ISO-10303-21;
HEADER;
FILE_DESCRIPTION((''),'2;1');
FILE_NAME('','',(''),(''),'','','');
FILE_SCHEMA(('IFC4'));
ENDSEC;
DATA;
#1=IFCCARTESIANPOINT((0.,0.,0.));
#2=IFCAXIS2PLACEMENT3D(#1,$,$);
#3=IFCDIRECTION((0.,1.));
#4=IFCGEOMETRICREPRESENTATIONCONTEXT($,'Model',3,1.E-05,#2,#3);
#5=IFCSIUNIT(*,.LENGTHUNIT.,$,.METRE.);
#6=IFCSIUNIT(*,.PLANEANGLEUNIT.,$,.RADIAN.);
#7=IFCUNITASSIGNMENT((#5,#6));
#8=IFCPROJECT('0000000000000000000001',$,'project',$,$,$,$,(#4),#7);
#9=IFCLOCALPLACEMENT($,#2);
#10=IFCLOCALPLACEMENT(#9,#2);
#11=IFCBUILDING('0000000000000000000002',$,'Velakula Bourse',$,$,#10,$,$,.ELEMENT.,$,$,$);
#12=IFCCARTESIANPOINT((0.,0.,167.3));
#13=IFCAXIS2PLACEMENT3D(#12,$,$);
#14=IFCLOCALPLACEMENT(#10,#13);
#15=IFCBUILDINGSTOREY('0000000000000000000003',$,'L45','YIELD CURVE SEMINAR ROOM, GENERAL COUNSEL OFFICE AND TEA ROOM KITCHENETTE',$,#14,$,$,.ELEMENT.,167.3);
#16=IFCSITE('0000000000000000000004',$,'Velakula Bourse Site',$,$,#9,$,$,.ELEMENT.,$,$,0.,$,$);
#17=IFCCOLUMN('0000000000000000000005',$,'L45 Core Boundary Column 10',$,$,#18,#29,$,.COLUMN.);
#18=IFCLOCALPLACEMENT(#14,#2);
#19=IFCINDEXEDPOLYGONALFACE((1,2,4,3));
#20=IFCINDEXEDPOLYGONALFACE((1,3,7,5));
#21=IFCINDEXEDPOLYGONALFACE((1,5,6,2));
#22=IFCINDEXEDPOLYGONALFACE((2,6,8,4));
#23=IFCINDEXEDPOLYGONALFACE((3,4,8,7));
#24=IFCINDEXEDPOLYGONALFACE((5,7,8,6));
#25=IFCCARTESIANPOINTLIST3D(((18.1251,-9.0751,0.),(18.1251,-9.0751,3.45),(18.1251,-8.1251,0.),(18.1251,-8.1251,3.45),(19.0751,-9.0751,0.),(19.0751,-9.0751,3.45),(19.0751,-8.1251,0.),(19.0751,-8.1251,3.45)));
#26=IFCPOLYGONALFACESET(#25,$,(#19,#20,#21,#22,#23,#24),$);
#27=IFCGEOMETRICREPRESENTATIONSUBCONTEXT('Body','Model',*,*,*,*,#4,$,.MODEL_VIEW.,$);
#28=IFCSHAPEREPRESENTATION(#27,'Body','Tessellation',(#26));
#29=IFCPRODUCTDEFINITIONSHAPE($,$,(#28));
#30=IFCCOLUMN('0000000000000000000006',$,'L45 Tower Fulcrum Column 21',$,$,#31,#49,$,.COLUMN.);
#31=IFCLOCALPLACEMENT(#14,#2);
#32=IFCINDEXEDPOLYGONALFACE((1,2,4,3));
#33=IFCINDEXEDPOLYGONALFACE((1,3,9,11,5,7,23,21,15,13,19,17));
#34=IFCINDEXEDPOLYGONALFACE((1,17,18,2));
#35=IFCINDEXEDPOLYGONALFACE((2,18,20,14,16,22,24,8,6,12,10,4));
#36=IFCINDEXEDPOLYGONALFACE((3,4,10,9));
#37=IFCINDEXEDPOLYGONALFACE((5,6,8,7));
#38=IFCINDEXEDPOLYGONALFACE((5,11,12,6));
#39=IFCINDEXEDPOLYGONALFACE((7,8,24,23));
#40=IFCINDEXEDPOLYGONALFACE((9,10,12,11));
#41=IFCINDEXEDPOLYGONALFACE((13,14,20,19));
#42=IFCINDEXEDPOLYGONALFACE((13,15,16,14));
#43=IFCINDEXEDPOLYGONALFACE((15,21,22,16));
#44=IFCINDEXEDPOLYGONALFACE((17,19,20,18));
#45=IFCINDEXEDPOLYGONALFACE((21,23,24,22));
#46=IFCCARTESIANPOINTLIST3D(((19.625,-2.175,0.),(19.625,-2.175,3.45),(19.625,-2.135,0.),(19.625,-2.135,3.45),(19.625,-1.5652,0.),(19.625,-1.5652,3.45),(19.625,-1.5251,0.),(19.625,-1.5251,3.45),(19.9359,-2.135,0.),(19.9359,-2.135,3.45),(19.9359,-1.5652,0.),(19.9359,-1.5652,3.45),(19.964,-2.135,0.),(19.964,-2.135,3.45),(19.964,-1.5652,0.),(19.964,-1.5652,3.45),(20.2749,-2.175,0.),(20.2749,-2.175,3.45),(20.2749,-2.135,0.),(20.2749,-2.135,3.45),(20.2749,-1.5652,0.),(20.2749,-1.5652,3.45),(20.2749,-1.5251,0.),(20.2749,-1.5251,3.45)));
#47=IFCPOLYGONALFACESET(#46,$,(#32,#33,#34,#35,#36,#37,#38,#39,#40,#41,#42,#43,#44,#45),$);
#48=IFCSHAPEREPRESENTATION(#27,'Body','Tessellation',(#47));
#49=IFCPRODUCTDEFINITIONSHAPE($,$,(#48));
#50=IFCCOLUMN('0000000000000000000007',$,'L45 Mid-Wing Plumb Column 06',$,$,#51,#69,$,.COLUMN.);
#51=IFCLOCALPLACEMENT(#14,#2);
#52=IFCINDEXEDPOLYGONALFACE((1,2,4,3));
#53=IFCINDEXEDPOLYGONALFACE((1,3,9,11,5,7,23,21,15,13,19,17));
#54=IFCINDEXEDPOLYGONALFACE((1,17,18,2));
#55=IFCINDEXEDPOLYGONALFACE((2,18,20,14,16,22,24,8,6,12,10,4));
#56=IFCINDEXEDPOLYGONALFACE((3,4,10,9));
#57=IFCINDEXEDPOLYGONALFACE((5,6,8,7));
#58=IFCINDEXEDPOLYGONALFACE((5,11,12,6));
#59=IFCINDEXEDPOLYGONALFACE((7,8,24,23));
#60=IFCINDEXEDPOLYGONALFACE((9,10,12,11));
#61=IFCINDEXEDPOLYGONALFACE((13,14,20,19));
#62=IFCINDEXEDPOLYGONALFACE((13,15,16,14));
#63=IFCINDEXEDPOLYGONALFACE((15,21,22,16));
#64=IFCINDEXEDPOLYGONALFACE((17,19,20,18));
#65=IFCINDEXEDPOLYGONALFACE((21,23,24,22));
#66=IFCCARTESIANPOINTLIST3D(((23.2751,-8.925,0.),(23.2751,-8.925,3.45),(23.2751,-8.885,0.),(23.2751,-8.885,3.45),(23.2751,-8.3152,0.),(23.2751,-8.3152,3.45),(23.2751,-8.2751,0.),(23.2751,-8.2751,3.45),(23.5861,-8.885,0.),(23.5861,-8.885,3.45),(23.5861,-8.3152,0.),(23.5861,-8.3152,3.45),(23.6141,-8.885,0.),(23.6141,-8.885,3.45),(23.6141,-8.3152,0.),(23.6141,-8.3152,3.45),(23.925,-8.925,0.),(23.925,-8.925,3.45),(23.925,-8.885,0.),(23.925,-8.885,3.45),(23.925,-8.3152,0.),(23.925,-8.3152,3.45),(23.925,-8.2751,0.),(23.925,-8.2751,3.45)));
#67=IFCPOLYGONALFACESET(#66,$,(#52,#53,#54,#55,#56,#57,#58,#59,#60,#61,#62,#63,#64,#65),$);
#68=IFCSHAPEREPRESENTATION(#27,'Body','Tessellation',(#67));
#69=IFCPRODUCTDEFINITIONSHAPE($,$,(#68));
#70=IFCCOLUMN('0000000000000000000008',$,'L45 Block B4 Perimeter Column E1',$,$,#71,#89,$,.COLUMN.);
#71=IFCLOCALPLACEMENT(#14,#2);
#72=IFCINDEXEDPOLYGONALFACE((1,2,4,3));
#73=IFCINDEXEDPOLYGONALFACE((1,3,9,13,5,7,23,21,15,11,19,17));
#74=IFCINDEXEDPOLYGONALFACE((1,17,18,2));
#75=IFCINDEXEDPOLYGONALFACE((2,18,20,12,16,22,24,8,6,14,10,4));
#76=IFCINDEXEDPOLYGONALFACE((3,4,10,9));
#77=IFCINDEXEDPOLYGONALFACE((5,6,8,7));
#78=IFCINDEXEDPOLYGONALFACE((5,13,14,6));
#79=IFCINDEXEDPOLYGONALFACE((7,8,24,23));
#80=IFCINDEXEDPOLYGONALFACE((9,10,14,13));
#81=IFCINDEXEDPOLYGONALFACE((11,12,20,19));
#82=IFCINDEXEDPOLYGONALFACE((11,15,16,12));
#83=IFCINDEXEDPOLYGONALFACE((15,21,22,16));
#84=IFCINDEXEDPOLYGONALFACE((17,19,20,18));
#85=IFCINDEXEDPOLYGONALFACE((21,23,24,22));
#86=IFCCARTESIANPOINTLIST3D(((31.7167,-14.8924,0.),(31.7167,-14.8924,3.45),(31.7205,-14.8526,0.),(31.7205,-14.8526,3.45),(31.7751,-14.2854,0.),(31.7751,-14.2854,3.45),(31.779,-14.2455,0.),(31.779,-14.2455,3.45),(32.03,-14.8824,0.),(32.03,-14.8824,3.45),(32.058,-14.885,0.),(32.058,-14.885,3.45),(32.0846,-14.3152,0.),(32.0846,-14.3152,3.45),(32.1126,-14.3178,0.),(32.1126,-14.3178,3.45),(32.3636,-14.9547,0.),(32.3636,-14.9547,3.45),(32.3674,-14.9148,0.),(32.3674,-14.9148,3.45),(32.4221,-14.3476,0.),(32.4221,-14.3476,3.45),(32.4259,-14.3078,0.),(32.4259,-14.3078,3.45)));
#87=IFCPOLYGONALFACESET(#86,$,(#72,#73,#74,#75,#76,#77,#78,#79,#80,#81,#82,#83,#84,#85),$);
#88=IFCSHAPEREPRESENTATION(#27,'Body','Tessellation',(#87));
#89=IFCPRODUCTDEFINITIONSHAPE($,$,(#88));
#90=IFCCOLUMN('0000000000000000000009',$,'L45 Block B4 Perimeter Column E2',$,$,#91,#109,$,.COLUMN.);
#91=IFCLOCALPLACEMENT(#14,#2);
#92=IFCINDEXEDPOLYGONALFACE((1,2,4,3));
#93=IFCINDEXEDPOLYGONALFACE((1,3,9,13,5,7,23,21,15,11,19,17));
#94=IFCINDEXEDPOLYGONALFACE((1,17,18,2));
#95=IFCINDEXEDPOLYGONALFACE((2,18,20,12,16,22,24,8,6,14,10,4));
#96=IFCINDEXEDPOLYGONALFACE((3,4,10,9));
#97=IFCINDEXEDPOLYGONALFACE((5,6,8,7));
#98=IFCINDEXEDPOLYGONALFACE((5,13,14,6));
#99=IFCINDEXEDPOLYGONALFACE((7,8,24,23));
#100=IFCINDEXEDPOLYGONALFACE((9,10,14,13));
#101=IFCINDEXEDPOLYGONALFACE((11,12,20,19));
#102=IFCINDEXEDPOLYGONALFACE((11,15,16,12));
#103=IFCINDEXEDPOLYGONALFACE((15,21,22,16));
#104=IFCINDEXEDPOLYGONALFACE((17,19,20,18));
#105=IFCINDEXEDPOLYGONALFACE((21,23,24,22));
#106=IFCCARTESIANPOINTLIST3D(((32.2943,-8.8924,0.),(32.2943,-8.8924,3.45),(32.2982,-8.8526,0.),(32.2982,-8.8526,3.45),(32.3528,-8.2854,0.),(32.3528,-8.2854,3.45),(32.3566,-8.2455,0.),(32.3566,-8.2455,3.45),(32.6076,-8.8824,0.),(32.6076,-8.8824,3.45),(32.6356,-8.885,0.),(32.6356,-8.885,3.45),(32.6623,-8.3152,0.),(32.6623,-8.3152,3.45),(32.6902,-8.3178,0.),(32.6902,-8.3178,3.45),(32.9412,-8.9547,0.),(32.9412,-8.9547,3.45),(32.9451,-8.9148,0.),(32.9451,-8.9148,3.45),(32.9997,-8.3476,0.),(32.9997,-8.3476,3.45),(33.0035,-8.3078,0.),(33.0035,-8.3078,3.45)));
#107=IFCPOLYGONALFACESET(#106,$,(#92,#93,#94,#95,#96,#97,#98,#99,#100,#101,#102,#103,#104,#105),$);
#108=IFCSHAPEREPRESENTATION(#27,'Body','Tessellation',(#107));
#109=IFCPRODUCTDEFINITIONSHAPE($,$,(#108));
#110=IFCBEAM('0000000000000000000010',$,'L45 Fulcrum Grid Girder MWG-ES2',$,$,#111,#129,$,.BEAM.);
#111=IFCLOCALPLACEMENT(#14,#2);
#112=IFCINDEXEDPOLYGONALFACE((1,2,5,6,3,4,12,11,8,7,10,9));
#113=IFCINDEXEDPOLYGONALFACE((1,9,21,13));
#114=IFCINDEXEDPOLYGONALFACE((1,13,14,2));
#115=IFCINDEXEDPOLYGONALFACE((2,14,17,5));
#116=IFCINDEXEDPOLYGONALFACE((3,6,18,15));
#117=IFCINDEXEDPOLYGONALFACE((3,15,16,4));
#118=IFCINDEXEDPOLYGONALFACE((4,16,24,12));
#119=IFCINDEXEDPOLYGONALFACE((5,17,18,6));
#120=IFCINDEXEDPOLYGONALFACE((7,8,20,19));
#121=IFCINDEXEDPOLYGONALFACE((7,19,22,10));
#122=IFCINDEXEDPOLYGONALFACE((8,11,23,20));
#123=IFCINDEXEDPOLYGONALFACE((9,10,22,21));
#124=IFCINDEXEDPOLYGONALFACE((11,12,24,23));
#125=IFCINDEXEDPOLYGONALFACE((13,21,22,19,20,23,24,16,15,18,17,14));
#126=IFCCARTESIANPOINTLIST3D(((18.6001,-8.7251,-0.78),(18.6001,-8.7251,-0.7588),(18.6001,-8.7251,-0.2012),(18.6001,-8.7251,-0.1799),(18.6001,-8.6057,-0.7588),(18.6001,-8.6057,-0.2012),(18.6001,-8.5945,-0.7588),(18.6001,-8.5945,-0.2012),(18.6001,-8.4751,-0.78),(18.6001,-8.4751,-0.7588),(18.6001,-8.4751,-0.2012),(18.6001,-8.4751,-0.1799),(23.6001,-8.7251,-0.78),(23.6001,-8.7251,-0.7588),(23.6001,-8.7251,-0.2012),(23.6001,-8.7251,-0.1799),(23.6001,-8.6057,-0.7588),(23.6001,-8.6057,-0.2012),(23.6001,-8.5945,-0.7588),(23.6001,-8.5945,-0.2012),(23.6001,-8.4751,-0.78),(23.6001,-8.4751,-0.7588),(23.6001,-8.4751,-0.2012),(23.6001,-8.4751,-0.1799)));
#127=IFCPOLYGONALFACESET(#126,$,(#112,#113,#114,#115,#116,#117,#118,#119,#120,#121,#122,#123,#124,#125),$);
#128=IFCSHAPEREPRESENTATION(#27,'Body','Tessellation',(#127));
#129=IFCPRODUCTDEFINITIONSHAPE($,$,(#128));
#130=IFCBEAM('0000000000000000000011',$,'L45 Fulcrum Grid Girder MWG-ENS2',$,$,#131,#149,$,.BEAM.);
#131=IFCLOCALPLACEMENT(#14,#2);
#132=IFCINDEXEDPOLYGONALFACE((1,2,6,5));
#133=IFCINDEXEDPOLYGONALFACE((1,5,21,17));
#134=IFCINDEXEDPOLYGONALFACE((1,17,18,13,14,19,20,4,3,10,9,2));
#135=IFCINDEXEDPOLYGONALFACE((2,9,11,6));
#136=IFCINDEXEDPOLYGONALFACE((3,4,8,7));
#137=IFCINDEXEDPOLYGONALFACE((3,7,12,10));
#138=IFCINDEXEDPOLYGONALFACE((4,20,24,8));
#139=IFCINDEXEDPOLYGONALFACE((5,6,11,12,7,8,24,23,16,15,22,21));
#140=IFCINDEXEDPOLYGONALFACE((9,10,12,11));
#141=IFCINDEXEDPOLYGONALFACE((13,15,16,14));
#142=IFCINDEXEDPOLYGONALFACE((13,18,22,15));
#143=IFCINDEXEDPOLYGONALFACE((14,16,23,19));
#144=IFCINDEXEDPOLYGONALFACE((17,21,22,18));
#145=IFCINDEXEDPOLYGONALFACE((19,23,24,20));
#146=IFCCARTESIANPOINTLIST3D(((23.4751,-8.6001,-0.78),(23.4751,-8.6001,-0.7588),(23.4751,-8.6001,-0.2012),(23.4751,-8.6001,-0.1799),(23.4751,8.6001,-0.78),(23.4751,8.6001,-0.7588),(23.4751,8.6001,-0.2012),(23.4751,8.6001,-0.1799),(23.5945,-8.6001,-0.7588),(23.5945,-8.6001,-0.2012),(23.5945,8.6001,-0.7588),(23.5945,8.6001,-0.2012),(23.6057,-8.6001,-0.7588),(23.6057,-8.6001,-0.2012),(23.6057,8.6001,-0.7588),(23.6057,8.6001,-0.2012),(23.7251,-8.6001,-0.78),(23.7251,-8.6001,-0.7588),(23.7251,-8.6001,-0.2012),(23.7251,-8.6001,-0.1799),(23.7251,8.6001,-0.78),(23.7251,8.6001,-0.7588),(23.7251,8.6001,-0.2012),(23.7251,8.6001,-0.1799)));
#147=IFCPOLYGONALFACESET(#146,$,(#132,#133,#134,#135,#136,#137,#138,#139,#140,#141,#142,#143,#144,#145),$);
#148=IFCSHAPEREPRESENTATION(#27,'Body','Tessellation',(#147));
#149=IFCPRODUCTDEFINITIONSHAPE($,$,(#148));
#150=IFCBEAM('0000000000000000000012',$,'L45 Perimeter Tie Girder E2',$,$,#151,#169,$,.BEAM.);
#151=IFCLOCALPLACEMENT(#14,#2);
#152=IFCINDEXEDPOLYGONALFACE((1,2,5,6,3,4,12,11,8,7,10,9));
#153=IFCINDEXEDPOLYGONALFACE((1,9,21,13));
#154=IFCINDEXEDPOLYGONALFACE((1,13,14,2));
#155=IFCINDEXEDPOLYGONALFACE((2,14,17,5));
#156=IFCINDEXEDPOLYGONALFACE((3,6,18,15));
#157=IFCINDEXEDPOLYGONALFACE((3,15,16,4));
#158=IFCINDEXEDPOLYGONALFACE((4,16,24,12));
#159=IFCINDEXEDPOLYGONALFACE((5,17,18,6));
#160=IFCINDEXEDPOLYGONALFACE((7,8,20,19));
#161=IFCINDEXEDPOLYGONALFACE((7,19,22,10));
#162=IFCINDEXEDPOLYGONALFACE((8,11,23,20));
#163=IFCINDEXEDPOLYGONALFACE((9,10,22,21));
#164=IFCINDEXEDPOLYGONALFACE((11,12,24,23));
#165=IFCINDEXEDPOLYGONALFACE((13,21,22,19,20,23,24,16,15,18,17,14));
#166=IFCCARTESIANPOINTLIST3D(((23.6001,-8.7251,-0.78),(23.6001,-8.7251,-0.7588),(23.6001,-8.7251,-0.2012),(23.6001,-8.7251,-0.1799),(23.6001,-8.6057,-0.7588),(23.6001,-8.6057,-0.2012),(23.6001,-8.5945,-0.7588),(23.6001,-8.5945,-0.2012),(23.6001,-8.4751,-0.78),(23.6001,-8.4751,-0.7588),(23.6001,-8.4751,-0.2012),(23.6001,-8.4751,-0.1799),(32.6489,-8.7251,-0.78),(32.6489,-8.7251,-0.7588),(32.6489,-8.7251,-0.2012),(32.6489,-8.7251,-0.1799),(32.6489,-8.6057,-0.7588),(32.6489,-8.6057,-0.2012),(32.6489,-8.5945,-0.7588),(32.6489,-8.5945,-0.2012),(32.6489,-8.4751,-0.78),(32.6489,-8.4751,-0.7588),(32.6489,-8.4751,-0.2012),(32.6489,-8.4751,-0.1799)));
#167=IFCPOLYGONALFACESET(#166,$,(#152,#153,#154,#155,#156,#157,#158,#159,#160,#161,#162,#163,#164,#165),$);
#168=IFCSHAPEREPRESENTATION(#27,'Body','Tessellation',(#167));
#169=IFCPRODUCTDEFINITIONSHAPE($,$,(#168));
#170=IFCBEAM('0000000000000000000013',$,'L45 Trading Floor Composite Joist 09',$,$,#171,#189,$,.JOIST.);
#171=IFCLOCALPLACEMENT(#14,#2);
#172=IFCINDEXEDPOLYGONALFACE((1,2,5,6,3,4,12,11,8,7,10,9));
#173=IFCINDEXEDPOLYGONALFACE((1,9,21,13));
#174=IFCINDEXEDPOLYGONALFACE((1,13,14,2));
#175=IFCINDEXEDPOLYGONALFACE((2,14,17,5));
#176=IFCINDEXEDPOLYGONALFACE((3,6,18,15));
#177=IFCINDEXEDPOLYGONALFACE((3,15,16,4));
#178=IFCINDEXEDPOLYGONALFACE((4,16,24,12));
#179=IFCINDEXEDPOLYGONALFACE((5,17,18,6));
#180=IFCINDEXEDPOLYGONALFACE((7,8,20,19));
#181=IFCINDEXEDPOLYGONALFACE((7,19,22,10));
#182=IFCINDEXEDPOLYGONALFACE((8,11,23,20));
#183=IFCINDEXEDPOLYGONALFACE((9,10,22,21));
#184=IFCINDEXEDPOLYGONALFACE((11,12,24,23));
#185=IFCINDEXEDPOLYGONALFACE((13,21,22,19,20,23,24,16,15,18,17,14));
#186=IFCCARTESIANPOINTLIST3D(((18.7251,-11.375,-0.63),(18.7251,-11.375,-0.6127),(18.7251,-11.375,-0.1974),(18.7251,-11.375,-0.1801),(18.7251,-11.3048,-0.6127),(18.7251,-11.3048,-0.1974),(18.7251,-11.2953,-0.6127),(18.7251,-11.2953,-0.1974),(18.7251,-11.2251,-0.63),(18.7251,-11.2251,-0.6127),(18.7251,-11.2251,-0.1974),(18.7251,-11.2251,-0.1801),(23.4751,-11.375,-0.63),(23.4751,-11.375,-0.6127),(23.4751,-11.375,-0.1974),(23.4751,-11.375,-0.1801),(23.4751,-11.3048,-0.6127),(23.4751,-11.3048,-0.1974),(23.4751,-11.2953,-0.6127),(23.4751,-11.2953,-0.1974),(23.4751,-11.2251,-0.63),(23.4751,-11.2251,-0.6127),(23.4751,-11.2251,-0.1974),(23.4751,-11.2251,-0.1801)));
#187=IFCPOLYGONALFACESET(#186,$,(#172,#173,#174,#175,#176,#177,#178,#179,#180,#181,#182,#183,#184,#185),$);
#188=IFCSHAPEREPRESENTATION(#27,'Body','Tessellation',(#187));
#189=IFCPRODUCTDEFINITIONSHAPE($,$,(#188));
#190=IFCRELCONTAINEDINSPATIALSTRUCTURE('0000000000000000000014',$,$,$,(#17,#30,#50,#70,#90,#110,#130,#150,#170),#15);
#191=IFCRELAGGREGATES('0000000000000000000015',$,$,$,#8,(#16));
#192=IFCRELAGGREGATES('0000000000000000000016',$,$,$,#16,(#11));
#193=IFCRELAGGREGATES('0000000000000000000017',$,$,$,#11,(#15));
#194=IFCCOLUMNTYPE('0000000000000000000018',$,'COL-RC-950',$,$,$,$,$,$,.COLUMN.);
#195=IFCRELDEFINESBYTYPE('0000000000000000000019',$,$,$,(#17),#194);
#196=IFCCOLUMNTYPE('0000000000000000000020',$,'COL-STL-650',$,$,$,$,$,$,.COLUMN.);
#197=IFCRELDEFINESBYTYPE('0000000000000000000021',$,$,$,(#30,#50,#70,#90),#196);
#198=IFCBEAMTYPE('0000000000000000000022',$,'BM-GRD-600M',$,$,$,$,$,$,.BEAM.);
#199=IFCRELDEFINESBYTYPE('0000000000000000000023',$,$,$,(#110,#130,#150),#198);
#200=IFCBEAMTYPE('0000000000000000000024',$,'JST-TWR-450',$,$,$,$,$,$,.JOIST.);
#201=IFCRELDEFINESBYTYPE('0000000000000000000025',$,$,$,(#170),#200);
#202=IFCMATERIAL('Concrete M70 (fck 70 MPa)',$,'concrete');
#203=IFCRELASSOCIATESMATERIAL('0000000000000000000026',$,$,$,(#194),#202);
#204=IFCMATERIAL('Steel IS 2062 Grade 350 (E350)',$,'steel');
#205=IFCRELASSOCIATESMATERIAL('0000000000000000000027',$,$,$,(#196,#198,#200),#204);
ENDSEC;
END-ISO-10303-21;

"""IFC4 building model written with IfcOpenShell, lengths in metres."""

from ifc_helpers import new_model, si_unit, direction, frame, origin, origin_2d, place, context, subcontext, project, spatial, rectangle, i_section, extrude, material, material_profile, profile_set, type_object, element, save


model = new_model("IFC4")

# Units and contexts
model_context = context("Model", 3, precision=1e-05, world=origin(), true_north=direction((0.0, 1.0)))
body_context = subcontext(model_context, "Body", "Model", "MODEL_VIEW")
ifc_project = project(units=[si_unit("LENGTHUNIT", "METRE"), si_unit("PLANEANGLEUNIT", "RADIAN")], contexts=[model_context])

# Site, building, storey
site_placement = place(None, origin())
site = spatial("IfcSite", under=ifc_project, at=site_placement, Name="Velakula Bourse Site", CompositionType="ELEMENT", RefElevation=0.0)
building_placement = place(site_placement, origin())
building = spatial("IfcBuilding", under=site, at=building_placement, Name="Velakula Bourse", CompositionType="ELEMENT")
storey_placement = place(building_placement, frame((0.0, 0.0, 167.3)))
storey = spatial("IfcBuildingStorey", under=building, at=storey_placement, Name="L45", Description="YIELD CURVE SEMINAR ROOM, GENERAL COUNSEL OFFICE AND TEA ROOM KITCHENETTE", CompositionType="ELEMENT", Elevation=167.3)

# Columns
ifc_material_1 = material(Name="Concrete M70 (fck 70 MPa)", Category="concrete")
ifc_material_profile_1 = material_profile(ifc_material_1, rectangle(XDim=0.95, YDim=0.95, at=origin_2d()), Name="Concrete M70 (fck 70 MPa)")
ifc_profile_set_1 = profile_set([ifc_material_profile_1], Name="Concrete M70 (fck 70 MPa)")
column_type_1 = type_object("IfcColumnType", Name="COL-RC-950", PredefinedType="COLUMN", material=ifc_profile_set_1)
column_placement = place(storey_placement, frame((18.6001, -8.6001, 0.0), z_axis=(0.0, 0.0, 1.0), x_axis=(1.0, 0.0, 0.0)))
element("IfcColumn", 1, at=column_placement, inside=storey, type_object=column_type_1, Name="L45 Core Boundary Column 10", PredefinedType="COLUMN", context=body_context, shape_type="SweptSolid", body=[
    extrude(rectangle(XDim=0.95, YDim=0.95, at=origin_2d()), origin(), (0.0, 0.0, 1.0), 3.45),
])
ifc_material_2 = material(Name="Steel IS 2062 Grade 350 (E350)", Category="steel")
ifc_material_profile_2 = material_profile(ifc_material_2, i_section(OverallWidth=0.6499, OverallDepth=0.6499, WebThickness=0.0281, FlangeThickness=0.04, at=origin_2d()), Name="Steel IS 2062 Grade 350 (E350)")
ifc_profile_set_2 = profile_set([ifc_material_profile_2], Name="Steel IS 2062 Grade 350 (E350)")
column_type_2 = type_object("IfcColumnType", Name="COL-STL-650", PredefinedType="COLUMN", material=ifc_profile_set_2)
for number, where, z_axis, x_axis, name in (
    (2, (19.95, -1.8501, 0.0), (0.0, 0.0, 1.0), (1.0, 0.0, 0.0), "L45 Tower Fulcrum Column 21"),
    (3, (23.6001, -8.6001, 0.0), (0.0, 0.0, 1.0), (1.0, 0.0, 0.0), "L45 Mid-Wing Plumb Column 06"),
    (4, (32.0713, -14.6001, 0.0), (0.0, 0.0, 1.0), (0.995396, -0.095846, 0.0), "L45 Block B4 Perimeter Column E1"),
    (5, (32.6489, -8.6001, 0.0), (0.0, 0.0, 1.0), (0.995396, -0.095846, 0.0), "L45 Block B4 Perimeter Column E2"),
):
    element("IfcColumn", number, at=place(storey_placement, frame(where, z_axis=z_axis, x_axis=x_axis)), inside=storey, type_object=column_type_2, Name=name, PredefinedType="COLUMN", context=body_context, shape_type="SweptSolid", body=[
        extrude(i_section(OverallWidth=0.6499, OverallDepth=0.6499, WebThickness=0.0281, FlangeThickness=0.04, at=origin_2d()), origin(), (0.0, 0.0, 1.0), 3.45),
    ])

# Beams
ifc_material_profile_3 = material_profile(ifc_material_2, i_section(OverallWidth=0.25, OverallDepth=0.6001, WebThickness=0.0112, FlangeThickness=0.0212, at=origin_2d()), Name="Steel IS 2062 Grade 350 (E350)")
ifc_profile_set_3 = profile_set([ifc_material_profile_3], Name="Steel IS 2062 Grade 350 (E350)")
beam_type_1 = type_object("IfcBeamType", Name="BM-GRD-600M", PredefinedType="BEAM", material=ifc_profile_set_3)
beam_1_placement = place(storey_placement, frame((18.6001, -8.6001, -0.48), z_axis=(1.0, 0.0, 0.0), x_axis=(0.0, 1.0, 0.0)))
element("IfcBeam", 6, at=beam_1_placement, inside=storey, type_object=beam_type_1, Name="L45 Fulcrum Grid Girder MWG-ES2", PredefinedType="BEAM", context=body_context, shape_type="SweptSolid", body=[
    extrude(i_section(OverallWidth=0.25, OverallDepth=0.6001, WebThickness=0.0112, FlangeThickness=0.0212, at=origin_2d()), origin(), (0.0, 0.0, 1.0), 5.0),
])
beam_2_placement = place(storey_placement, frame((23.6001, -8.6001, -0.48), z_axis=(0.0, 1.0, 0.0), x_axis=(-1.0, 0.0, 0.0)))
element("IfcBeam", 7, at=beam_2_placement, inside=storey, type_object=beam_type_1, Name="L45 Fulcrum Grid Girder MWG-ENS2", PredefinedType="BEAM", context=body_context, shape_type="SweptSolid", body=[
    extrude(i_section(OverallWidth=0.25, OverallDepth=0.6001, WebThickness=0.0112, FlangeThickness=0.0212, at=origin_2d()), origin(), (0.0, 0.0, 1.0), 17.2002),
])
beam_3_placement = place(storey_placement, frame((23.6001, -8.6001, -0.48), z_axis=(1.0, 0.0, 0.0), x_axis=(0.0, 1.0, 0.0)))
element("IfcBeam", 8, at=beam_3_placement, inside=storey, type_object=beam_type_1, Name="L45 Perimeter Tie Girder E2", PredefinedType="BEAM", context=body_context, shape_type="SweptSolid", body=[
    extrude(i_section(OverallWidth=0.25, OverallDepth=0.6001, WebThickness=0.0112, FlangeThickness=0.0212, at=origin_2d()), origin(), (0.0, 0.0, 1.0), 9.0488),
])
ifc_material_profile_4 = material_profile(ifc_material_2, i_section(OverallWidth=0.1499, OverallDepth=0.45, WebThickness=0.0095, FlangeThickness=0.0173, at=origin_2d()), Name="Steel IS 2062 Grade 350 (E350)")
ifc_profile_set_4 = profile_set([ifc_material_profile_4], Name="Steel IS 2062 Grade 350 (E350)")
beam_type_2 = type_object("IfcBeamType", Name="JST-TWR-450", PredefinedType="JOIST", material=ifc_profile_set_4)
beam_4_placement = place(storey_placement, frame((18.7251, -11.3, -0.405), z_axis=(1.0, 0.0, 0.0), x_axis=(0.0, 1.0, 0.0)))
element("IfcBeam", 9, at=beam_4_placement, inside=storey, type_object=beam_type_2, Name="L45 Trading Floor Composite Joist 09", PredefinedType="JOIST", context=body_context, shape_type="SweptSolid", body=[
    extrude(i_section(OverallWidth=0.1499, OverallDepth=0.45, WebThickness=0.0095, FlangeThickness=0.0173, at=origin_2d()), origin(), (0.0, 0.0, 1.0), 4.75),
])

save(model, "model.ifc")
